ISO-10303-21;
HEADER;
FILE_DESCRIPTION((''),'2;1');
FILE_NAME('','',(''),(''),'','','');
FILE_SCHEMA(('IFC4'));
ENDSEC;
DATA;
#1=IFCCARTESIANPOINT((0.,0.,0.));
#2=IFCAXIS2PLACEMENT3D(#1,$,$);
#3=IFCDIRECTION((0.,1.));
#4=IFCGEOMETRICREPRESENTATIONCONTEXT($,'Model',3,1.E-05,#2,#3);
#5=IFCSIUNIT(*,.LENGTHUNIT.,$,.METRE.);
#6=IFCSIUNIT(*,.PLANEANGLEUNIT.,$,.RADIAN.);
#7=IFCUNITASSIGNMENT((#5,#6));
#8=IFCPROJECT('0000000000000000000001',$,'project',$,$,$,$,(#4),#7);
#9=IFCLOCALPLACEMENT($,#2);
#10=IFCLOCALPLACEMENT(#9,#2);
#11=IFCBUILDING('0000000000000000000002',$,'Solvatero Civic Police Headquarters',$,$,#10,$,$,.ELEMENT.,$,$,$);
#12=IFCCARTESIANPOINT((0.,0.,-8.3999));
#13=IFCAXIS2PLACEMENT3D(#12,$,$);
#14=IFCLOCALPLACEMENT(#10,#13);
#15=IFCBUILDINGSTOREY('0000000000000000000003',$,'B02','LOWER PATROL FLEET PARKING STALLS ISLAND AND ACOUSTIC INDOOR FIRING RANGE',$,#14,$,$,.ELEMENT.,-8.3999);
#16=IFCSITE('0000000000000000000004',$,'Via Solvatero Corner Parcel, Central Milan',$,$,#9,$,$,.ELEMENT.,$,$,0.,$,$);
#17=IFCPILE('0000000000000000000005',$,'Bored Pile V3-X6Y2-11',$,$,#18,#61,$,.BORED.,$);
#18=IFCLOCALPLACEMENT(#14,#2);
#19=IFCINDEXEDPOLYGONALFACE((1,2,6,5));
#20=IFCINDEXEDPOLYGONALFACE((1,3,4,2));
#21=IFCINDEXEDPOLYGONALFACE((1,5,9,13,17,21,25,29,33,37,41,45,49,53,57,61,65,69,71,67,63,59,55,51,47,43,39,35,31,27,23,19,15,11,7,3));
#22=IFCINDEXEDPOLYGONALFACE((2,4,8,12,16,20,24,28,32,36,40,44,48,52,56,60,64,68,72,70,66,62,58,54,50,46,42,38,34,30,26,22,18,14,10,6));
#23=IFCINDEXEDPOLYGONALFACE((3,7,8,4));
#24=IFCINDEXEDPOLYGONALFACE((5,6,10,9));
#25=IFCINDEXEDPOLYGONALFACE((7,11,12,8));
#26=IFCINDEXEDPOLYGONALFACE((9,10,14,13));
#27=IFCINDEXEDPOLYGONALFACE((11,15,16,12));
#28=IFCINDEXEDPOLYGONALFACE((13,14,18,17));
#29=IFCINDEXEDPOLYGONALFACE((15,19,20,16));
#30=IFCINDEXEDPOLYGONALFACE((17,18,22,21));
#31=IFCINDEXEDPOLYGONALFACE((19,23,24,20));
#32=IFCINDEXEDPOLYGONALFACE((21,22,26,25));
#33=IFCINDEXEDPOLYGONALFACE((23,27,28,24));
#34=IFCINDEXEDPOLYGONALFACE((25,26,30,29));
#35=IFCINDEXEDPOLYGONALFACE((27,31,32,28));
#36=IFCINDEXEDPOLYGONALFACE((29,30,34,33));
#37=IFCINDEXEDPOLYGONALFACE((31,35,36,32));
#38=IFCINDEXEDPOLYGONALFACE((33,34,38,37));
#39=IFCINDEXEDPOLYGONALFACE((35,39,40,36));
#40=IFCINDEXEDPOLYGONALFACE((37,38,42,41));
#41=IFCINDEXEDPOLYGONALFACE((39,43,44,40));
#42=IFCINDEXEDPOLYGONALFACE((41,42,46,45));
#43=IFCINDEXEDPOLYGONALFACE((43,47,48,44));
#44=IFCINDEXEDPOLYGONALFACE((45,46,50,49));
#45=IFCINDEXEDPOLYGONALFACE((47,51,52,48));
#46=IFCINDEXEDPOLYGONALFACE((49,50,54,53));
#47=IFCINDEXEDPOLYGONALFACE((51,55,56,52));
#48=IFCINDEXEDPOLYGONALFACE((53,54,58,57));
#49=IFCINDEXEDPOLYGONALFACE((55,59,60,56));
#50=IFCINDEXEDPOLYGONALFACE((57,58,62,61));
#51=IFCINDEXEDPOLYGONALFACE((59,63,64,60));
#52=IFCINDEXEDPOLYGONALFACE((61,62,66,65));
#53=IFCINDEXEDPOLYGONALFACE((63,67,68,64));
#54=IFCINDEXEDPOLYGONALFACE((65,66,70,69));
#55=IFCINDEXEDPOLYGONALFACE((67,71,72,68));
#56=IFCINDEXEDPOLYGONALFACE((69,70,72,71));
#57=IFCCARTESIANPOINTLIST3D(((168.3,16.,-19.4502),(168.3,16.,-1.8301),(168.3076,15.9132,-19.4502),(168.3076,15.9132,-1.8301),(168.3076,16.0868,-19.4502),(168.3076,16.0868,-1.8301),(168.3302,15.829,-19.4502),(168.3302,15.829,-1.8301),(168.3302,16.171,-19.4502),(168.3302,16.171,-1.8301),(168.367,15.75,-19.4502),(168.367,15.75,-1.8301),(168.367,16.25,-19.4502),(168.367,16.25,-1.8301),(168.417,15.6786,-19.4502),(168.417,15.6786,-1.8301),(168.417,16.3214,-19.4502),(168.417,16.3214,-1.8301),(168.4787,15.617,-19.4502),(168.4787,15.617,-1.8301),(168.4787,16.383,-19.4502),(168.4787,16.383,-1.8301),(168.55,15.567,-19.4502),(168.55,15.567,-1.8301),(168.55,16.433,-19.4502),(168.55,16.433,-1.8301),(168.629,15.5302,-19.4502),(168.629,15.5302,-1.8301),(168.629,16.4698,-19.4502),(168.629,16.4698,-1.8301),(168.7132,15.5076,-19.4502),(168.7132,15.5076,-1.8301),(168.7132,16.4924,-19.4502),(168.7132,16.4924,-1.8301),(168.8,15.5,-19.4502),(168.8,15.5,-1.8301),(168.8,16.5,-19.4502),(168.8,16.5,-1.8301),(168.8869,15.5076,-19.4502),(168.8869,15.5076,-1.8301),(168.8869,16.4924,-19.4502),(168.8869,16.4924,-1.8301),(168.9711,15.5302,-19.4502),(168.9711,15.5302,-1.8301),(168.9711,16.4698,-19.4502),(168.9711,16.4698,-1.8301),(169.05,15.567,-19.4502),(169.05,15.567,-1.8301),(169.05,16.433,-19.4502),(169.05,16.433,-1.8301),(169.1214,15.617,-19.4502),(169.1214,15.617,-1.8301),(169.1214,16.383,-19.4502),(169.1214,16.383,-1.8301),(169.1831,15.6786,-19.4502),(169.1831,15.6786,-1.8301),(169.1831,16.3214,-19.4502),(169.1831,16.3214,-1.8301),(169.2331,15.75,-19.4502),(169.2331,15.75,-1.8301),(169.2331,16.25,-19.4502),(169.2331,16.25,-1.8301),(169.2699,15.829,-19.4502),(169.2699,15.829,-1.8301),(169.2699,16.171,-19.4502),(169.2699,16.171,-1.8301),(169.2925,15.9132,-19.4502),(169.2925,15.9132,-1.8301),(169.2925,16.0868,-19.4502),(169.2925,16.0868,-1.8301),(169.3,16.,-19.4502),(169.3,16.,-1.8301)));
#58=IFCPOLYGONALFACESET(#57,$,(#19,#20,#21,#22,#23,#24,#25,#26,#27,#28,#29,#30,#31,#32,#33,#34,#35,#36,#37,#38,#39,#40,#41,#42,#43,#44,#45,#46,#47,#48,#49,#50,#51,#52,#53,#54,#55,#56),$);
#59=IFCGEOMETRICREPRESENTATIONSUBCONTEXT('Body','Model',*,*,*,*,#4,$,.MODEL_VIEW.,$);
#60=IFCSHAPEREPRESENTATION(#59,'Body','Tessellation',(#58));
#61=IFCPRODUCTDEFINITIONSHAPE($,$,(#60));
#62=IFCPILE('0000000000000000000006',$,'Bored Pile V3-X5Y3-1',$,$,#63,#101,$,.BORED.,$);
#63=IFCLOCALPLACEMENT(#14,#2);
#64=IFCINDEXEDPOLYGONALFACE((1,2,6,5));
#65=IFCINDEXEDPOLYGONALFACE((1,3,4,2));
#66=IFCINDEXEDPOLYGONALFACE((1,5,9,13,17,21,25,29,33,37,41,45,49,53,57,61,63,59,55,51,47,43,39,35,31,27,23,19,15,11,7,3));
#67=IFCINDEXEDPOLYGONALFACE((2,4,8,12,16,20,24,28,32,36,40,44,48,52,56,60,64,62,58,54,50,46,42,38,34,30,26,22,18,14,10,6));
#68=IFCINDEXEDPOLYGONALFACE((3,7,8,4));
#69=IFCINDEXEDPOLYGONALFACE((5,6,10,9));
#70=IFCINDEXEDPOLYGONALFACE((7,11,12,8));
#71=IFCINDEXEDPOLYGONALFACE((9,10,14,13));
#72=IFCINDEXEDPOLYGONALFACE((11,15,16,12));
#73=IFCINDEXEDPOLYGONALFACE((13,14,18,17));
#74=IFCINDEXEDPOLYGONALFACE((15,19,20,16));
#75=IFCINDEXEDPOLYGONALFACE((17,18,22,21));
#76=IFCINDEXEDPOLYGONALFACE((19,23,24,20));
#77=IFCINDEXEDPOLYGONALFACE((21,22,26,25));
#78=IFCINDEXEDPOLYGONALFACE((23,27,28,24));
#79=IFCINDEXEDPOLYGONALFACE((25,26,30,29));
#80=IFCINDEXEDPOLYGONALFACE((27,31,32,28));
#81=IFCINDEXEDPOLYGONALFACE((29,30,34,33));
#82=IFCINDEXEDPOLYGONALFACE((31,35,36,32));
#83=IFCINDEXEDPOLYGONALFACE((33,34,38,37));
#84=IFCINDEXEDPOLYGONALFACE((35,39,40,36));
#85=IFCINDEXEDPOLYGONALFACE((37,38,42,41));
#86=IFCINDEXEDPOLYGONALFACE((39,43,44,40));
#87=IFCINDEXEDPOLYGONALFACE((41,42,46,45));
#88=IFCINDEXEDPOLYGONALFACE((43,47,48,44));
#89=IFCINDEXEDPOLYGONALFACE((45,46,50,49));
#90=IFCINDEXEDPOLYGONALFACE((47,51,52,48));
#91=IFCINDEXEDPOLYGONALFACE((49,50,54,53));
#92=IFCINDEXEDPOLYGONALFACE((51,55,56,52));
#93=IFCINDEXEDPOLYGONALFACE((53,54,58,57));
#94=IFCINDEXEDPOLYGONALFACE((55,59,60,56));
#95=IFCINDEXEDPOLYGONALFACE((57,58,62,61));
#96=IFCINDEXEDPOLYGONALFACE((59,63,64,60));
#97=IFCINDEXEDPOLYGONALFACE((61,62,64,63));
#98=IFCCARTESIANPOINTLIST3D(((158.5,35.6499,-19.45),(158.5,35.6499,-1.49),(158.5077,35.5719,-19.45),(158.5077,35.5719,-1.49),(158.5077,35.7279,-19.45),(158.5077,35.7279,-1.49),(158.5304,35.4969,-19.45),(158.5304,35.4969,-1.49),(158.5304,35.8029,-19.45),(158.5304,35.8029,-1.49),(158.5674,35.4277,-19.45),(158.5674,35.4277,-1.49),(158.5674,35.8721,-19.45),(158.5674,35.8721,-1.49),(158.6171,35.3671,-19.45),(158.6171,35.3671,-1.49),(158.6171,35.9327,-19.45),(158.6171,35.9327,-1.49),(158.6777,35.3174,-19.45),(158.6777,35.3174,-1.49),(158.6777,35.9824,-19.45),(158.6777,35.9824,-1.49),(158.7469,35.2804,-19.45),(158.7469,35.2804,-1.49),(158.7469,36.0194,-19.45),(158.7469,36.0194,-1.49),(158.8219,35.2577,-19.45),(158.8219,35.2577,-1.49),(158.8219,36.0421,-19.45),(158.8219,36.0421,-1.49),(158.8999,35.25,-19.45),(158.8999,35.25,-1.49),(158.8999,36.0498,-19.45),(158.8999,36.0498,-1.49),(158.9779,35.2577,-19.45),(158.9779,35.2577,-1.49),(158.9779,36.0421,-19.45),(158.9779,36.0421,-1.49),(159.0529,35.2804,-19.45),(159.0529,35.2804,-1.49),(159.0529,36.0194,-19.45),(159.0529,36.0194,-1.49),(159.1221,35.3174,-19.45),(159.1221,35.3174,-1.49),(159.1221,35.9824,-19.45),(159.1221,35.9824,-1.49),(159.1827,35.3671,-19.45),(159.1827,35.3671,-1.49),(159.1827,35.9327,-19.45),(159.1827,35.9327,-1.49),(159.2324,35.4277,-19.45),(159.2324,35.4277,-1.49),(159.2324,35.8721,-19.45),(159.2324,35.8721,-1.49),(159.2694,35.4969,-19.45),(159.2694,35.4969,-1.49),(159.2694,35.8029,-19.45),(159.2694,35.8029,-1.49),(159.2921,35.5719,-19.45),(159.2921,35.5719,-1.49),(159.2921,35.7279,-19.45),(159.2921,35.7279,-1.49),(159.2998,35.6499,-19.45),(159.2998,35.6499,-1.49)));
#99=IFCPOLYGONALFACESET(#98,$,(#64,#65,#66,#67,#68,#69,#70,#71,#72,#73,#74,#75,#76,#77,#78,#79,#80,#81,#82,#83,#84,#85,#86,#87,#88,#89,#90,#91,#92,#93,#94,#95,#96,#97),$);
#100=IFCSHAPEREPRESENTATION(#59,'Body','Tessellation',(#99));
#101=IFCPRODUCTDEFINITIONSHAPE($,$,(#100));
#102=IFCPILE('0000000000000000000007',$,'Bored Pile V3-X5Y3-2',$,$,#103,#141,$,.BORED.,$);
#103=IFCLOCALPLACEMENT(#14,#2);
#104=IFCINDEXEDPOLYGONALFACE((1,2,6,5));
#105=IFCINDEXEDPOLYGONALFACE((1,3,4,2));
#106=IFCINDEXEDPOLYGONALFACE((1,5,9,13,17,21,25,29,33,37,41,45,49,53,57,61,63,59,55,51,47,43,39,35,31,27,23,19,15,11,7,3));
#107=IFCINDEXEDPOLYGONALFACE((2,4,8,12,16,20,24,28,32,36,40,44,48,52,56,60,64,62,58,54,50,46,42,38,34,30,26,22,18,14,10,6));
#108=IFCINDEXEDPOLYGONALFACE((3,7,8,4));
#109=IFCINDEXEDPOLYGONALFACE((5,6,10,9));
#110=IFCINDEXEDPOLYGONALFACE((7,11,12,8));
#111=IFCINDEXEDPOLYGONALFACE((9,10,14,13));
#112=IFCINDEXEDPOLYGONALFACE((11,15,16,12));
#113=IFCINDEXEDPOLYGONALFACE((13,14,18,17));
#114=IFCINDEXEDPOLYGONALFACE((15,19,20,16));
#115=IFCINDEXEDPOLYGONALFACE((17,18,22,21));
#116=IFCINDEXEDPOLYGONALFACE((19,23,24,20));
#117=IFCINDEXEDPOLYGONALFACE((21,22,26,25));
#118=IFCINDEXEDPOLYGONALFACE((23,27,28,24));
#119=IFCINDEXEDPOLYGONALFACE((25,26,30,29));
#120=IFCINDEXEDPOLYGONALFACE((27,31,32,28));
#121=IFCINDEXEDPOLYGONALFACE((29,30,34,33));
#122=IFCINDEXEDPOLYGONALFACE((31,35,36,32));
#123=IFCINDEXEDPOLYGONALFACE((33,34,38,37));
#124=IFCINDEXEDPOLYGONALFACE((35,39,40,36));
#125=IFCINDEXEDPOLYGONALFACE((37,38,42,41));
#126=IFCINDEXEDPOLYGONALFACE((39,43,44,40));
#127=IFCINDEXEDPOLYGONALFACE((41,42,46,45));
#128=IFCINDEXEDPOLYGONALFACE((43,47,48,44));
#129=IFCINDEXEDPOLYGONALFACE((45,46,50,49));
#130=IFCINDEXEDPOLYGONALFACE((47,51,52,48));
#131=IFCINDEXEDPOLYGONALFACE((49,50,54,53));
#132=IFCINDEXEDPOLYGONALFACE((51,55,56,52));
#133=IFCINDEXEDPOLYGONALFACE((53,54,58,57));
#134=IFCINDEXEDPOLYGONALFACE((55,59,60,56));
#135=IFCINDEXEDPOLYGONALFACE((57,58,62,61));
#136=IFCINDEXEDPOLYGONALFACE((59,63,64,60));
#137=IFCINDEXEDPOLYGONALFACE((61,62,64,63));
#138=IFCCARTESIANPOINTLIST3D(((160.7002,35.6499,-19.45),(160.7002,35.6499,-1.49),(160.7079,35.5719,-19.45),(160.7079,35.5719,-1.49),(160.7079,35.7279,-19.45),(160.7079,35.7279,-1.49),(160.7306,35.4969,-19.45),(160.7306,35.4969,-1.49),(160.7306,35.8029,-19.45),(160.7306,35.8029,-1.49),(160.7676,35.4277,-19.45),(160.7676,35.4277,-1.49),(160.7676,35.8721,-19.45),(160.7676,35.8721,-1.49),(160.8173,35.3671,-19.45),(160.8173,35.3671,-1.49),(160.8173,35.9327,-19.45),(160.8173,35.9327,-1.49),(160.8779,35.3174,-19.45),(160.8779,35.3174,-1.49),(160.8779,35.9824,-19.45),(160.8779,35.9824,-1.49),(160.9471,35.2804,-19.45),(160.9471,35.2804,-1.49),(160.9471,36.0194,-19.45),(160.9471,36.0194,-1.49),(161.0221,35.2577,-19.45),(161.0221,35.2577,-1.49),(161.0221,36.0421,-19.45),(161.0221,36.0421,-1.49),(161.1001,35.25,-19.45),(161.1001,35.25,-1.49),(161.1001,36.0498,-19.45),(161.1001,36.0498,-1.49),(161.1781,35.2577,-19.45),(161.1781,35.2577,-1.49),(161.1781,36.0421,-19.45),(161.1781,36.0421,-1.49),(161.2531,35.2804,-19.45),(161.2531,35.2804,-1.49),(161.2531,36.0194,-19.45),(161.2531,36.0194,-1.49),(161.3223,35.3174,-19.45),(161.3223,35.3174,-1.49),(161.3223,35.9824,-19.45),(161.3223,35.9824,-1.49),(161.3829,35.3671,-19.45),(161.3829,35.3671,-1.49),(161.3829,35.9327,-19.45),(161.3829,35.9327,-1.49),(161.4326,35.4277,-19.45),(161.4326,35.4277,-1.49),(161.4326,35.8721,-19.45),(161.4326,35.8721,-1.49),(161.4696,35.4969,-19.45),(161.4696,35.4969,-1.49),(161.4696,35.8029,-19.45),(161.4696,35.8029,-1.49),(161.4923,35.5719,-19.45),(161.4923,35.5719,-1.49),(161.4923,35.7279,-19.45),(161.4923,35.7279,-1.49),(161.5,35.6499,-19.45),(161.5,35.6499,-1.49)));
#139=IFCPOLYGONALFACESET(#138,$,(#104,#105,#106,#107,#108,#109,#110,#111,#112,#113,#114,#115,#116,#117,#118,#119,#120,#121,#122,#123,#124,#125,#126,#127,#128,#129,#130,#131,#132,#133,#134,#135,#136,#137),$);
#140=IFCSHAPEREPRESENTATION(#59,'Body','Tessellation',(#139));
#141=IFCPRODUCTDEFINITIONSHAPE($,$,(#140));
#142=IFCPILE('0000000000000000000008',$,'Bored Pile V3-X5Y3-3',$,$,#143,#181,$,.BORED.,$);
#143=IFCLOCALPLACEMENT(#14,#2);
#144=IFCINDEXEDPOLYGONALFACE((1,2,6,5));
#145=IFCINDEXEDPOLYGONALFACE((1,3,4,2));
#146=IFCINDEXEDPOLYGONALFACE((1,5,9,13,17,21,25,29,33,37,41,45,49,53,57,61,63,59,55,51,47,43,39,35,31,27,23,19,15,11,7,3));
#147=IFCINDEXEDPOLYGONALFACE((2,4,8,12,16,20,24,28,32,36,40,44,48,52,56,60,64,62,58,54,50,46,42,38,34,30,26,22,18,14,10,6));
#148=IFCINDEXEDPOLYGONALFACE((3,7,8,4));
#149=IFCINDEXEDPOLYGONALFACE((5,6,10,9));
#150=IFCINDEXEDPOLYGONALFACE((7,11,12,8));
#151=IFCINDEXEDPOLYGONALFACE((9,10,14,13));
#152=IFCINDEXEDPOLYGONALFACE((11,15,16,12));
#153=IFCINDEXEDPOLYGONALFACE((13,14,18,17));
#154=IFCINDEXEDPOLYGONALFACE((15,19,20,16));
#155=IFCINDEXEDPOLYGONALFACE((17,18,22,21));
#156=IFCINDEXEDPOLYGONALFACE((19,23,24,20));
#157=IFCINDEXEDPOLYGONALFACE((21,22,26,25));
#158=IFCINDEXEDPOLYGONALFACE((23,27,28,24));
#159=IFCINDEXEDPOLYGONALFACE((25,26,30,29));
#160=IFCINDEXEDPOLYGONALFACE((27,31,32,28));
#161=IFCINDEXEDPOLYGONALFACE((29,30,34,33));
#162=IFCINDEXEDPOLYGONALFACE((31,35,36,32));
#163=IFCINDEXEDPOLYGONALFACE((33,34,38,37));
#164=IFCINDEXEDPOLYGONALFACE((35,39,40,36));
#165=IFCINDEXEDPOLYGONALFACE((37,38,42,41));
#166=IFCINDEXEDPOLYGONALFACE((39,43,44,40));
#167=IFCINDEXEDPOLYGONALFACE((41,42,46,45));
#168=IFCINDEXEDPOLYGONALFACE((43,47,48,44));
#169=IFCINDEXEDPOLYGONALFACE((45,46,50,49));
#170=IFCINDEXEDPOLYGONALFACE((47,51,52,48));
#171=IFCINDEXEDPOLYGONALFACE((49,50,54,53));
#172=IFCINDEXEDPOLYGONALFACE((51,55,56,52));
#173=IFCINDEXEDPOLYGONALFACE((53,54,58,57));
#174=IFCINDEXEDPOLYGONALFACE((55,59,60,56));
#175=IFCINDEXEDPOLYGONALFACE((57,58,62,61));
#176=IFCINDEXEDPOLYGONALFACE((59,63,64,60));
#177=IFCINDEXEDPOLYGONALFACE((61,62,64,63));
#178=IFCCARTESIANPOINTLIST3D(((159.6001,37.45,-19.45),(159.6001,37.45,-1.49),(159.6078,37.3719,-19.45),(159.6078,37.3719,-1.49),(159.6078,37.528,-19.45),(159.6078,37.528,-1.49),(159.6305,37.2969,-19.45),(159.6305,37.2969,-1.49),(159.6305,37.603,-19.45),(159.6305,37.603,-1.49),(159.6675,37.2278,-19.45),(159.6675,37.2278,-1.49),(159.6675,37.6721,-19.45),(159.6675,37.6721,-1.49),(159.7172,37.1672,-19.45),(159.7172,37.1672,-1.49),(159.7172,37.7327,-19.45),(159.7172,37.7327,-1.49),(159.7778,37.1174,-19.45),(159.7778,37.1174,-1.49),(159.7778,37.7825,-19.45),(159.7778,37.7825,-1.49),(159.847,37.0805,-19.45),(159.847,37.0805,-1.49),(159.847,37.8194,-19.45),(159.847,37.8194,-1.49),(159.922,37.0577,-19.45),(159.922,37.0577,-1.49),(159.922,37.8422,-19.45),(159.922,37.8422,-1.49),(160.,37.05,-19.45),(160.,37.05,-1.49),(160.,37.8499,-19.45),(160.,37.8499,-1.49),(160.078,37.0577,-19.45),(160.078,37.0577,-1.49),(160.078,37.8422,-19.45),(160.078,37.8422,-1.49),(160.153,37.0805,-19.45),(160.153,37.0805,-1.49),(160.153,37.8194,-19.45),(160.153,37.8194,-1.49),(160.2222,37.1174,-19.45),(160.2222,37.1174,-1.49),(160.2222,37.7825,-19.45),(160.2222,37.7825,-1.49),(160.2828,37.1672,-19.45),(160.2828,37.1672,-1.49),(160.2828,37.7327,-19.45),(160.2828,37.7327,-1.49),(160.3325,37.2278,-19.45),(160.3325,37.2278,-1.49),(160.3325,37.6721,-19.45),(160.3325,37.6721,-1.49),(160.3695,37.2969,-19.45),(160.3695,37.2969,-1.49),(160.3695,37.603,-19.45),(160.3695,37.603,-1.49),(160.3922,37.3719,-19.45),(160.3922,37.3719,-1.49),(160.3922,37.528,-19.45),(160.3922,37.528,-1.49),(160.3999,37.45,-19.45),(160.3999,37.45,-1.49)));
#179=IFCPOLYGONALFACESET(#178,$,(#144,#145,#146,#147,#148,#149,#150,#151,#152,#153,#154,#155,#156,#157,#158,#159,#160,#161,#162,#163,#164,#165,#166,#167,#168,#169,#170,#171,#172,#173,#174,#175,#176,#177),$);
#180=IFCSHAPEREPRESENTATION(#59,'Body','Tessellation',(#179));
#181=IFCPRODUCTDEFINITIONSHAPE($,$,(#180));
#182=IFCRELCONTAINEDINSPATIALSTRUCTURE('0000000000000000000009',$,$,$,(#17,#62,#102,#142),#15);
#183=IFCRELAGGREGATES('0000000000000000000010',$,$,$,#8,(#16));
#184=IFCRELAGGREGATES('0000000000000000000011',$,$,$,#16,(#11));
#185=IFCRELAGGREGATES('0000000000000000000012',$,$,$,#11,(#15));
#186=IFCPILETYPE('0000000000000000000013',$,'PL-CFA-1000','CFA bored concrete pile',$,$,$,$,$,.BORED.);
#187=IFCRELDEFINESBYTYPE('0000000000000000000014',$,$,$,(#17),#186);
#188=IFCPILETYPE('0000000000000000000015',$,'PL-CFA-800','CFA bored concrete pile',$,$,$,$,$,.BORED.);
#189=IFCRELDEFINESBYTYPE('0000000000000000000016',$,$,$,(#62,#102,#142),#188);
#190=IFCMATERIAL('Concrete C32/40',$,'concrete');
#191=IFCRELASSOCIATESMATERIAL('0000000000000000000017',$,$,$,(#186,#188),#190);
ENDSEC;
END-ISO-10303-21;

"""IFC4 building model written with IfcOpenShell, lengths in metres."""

from ifc_helpers import new_model, si_unit, direction, frame, origin, origin_2d, place, context, subcontext, project, spatial, circle, extrude, material, material_profile, profile_set, type_object, element, save


model = new_model("IFC4")

# Units and contexts
model_context = context("Model", 3, precision=1e-05, world=origin(), true_north=direction((0.0, 1.0)))
body_context = subcontext(model_context, "Body", "Model", "MODEL_VIEW")
ifc_project = project(units=[si_unit("LENGTHUNIT", "METRE"), si_unit("PLANEANGLEUNIT", "RADIAN")], contexts=[model_context])

# Site, building, storey
site_placement = place(None, origin())
site = spatial("IfcSite", under=ifc_project, at=site_placement, Name="Via Solvatero Corner Parcel, Central Milan", CompositionType="ELEMENT", RefElevation=0.0)
building_placement = place(site_placement, origin())
building = spatial("IfcBuilding", under=site, at=building_placement, Name="Solvatero Civic Police Headquarters", CompositionType="ELEMENT")
storey_placement = place(building_placement, frame((0.0, 0.0, -8.3999)))
storey = spatial("IfcBuildingStorey", under=building, at=storey_placement, Name="B02", Description="LOWER PATROL FLEET PARKING STALLS ISLAND AND ACOUSTIC INDOOR FIRING RANGE", CompositionType="ELEMENT", Elevation=-8.3999)

# Piles
ifc_material_1 = material(Name="Concrete C32/40", Category="concrete")
ifc_material_profile_1 = material_profile(ifc_material_1, circle(Radius=0.5, at=origin_2d()), Name="CFA PILE D1000")
ifc_profile_set_1 = profile_set([ifc_material_profile_1], Name="Concrete C32/40")
pile_type_1 = type_object("IfcPileType", Name="PL-CFA-1000", Description="CFA bored concrete pile", PredefinedType="BORED", material=ifc_profile_set_1)
for number, where, z_axis, x_axis, name in (
    (1, (168.8, 16.0, -1.8301), (0.0, 0.0, -1.0), (1.0, 0.0, 0.0), "Bored Pile V3-X6Y2-11"),
):
    element("IfcPile", number, at=place(storey_placement, frame(where, z_axis=z_axis, x_axis=x_axis)), inside=storey, type_object=pile_type_1, Name=name, PredefinedType="BORED", context=body_context, shape_type="SweptSolid", body=[
        extrude(circle(Radius=0.5, at=origin_2d()), origin(), (0.0, 0.0, 1.0), 17.6201),
    ])
ifc_material_profile_2 = material_profile(ifc_material_1, circle(Radius=0.3999, at=origin_2d()), Name="CFA PILE D800")
ifc_profile_set_2 = profile_set([ifc_material_profile_2], Name="Concrete C32/40")
pile_type_2 = type_object("IfcPileType", Name="PL-CFA-800", Description="CFA bored concrete pile", PredefinedType="BORED", material=ifc_profile_set_2)
for number, where, z_axis, x_axis, name in (
    (2, (158.8999, 35.6499, -1.49), (0.0, 0.0, -1.0), (1.0, 0.0, 0.0), "Bored Pile V3-X5Y3-1"),
    (3, (161.1001, 35.6499, -1.49), (0.0, 0.0, -1.0), (1.0, 0.0, 0.0), "Bored Pile V3-X5Y3-2"),
    (4, (160.0, 37.45, -1.49), (0.0, 0.0, -1.0), (1.0, 0.0, 0.0), "Bored Pile V3-X5Y3-3"),
):
    element("IfcPile", number, at=place(storey_placement, frame(where, z_axis=z_axis, x_axis=x_axis)), inside=storey, type_object=pile_type_2, Name=name, PredefinedType="BORED", context=body_context, shape_type="SweptSolid", body=[
        extrude(circle(Radius=0.3999, at=origin_2d()), origin(), (0.0, 0.0, 1.0), 17.96),
    ])

save(model, "model.ifc")
